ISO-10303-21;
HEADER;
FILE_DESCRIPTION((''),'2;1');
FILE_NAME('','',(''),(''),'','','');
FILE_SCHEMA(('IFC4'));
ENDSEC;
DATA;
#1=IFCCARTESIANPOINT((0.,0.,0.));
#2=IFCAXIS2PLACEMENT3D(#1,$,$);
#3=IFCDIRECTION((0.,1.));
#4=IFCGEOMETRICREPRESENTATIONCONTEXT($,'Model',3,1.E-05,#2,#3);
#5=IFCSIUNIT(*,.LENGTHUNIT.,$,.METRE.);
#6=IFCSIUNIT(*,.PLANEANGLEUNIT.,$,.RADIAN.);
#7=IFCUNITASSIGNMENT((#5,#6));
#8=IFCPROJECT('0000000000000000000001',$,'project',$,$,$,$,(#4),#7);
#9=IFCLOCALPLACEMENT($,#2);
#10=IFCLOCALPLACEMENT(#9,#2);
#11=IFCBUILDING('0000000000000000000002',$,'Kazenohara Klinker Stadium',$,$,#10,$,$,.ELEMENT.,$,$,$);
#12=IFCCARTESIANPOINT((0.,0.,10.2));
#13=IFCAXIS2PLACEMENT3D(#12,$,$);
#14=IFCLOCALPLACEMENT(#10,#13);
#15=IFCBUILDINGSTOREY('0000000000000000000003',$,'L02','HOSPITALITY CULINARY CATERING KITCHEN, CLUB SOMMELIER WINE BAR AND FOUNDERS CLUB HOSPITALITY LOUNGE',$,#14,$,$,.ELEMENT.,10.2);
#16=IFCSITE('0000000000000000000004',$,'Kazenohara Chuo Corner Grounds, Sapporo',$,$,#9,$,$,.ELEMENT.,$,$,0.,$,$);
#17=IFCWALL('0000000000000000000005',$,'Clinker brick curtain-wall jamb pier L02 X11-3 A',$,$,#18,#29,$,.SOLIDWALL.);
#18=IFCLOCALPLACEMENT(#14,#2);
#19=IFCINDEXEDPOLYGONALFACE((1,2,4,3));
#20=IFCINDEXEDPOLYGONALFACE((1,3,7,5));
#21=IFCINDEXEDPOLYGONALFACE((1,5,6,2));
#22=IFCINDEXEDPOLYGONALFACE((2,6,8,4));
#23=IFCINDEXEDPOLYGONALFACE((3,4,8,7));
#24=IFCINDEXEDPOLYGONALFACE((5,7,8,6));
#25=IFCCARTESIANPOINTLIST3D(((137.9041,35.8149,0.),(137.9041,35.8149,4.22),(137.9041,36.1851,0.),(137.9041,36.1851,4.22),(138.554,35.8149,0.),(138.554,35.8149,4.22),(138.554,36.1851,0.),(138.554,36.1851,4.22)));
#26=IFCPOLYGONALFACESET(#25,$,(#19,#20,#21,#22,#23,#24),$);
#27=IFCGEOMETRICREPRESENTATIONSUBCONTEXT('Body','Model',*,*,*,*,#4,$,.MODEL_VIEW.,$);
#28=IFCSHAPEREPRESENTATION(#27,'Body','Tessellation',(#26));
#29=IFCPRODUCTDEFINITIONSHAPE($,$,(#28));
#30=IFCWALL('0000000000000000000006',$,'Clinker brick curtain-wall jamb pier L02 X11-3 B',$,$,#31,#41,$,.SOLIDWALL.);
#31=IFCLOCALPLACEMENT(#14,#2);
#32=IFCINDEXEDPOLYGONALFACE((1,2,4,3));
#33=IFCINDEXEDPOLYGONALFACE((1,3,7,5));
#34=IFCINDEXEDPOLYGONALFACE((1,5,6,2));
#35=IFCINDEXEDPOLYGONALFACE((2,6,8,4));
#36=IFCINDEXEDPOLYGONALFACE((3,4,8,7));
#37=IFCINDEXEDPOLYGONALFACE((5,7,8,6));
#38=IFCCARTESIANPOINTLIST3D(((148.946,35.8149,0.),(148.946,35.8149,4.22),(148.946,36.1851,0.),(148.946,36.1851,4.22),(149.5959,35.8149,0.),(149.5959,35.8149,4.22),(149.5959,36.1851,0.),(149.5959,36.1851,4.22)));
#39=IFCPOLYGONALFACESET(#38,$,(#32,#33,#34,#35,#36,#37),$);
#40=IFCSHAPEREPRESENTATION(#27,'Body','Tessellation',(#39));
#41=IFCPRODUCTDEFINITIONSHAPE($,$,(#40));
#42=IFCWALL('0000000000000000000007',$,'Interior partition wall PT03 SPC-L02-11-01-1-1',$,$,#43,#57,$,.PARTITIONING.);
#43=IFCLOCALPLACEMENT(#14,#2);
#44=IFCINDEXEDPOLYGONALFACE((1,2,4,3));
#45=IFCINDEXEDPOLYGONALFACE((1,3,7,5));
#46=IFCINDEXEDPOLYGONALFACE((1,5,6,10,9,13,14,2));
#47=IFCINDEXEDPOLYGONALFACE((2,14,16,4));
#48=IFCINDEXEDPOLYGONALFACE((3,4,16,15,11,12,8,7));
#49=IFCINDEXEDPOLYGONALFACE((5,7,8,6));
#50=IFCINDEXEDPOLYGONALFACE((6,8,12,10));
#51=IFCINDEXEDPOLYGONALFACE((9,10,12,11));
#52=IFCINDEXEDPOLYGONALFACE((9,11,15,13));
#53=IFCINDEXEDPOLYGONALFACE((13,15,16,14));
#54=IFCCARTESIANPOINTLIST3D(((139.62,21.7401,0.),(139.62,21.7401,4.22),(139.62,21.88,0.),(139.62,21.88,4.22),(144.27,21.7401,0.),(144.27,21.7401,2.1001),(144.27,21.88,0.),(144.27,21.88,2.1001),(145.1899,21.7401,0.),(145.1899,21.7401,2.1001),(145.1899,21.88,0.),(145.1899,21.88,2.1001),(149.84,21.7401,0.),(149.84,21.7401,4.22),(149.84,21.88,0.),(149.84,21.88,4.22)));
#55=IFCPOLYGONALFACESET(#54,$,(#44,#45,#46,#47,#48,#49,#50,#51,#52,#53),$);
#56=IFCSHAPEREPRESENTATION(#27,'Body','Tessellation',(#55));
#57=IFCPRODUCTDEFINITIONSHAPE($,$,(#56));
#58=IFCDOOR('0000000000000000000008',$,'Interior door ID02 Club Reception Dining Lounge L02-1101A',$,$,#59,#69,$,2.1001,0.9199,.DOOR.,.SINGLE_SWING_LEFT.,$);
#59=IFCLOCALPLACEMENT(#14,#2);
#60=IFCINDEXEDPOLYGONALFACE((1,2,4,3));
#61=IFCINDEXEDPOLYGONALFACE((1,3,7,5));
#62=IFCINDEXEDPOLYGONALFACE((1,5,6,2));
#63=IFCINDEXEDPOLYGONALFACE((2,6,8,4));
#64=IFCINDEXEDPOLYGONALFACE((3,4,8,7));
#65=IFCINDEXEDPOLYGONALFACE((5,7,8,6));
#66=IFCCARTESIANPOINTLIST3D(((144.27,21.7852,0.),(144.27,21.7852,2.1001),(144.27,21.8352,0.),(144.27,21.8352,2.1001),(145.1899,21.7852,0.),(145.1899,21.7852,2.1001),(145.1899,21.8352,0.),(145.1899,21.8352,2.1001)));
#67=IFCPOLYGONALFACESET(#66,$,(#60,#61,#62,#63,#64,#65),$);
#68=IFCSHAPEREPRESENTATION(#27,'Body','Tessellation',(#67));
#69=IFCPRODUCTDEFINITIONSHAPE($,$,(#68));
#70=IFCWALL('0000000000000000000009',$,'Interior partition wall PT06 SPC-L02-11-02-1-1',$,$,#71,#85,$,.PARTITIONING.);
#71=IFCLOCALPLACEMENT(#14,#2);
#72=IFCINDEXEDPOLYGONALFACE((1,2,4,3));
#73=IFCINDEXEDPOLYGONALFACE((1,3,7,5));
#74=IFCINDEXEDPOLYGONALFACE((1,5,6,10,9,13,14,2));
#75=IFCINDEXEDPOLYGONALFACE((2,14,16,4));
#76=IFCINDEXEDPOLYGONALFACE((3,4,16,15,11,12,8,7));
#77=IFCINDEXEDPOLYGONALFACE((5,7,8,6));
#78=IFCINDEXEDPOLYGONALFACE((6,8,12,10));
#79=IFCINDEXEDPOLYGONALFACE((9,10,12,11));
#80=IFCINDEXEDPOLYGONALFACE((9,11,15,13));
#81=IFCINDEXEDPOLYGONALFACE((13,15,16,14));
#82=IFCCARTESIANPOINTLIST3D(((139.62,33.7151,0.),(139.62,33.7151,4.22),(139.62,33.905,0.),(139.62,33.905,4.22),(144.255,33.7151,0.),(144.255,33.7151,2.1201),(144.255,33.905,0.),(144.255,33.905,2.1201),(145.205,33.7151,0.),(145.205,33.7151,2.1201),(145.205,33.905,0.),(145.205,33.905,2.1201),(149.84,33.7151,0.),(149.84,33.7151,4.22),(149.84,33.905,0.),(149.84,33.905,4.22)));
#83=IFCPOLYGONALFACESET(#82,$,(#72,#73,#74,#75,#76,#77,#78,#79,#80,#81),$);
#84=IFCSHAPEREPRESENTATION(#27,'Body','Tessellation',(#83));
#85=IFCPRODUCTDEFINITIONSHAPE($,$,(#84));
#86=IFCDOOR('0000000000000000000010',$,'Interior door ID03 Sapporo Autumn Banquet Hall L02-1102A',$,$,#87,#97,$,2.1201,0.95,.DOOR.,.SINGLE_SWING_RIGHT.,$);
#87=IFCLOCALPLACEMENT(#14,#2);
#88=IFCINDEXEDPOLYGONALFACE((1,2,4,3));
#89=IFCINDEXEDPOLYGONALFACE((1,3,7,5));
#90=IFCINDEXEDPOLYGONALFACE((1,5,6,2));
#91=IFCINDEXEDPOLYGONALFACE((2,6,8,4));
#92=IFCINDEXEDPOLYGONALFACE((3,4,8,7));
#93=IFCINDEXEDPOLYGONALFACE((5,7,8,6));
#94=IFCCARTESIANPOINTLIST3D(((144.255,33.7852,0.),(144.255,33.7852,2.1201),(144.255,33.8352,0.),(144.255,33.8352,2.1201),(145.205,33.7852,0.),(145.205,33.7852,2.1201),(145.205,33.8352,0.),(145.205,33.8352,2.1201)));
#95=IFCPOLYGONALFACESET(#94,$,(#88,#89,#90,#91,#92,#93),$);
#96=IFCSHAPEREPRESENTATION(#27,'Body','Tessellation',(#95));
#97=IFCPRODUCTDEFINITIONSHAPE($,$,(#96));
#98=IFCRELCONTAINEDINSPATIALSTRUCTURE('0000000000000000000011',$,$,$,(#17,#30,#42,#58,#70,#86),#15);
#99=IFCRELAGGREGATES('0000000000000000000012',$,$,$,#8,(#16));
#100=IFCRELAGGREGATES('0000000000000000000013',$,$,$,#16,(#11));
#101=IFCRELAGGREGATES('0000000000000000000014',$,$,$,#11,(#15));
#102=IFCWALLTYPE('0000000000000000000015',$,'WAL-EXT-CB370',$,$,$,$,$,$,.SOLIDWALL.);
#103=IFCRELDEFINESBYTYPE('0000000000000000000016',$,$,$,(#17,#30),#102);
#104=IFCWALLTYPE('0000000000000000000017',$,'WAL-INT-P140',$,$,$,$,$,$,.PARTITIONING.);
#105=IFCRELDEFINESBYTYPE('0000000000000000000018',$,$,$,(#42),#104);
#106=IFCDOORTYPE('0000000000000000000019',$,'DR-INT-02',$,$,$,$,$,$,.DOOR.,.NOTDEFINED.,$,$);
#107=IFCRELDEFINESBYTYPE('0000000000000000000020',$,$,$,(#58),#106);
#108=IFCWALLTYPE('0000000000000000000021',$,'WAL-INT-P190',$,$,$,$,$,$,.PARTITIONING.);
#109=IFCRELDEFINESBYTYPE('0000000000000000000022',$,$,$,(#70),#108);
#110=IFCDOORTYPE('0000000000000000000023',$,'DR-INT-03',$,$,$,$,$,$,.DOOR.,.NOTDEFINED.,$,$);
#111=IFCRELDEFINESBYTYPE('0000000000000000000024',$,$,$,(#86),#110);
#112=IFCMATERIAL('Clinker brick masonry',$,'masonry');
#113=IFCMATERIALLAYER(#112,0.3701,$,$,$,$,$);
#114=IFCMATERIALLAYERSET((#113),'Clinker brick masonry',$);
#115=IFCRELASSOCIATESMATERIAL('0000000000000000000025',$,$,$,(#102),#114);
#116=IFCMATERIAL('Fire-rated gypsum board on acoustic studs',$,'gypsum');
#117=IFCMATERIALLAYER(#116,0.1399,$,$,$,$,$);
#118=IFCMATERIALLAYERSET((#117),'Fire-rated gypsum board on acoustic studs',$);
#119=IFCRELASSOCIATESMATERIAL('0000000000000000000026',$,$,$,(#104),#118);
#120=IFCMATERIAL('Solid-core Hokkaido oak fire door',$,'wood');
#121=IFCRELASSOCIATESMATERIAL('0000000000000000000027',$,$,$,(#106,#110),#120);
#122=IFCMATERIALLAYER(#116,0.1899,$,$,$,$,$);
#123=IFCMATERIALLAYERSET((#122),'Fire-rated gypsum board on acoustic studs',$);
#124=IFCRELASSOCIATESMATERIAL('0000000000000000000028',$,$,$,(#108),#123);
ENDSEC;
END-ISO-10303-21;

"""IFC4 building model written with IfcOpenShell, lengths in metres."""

from ifc_helpers import new_model, si_unit, direction, frame, frame_2d, origin, place, context, subcontext, project, spatial, rectangle, extrude, material, layer, layer_set, type_object, element, fill, save


model = new_model("IFC4")

# Units and contexts
model_context = context("Model", 3, precision=1e-05, world=origin(), true_north=direction((0.0, 1.0)))
body_context = subcontext(model_context, "Body", "Model", "MODEL_VIEW")
ifc_project = project(units=[si_unit("LENGTHUNIT", "METRE"), si_unit("PLANEANGLEUNIT", "RADIAN")], contexts=[model_context])

# Site, building, storey
site_placement = place(None, origin())
site = spatial("IfcSite", under=ifc_project, at=site_placement, Name="Kazenohara Chuo Corner Grounds, Sapporo", CompositionType="ELEMENT", RefElevation=0.0)
building_placement = place(site_placement, origin())
building = spatial("IfcBuilding", under=site, at=building_placement, Name="Kazenohara Klinker Stadium", CompositionType="ELEMENT")
storey_placement = place(building_placement, frame((0.0, 0.0, 10.2)))
storey = spatial("IfcBuildingStorey", under=building, at=storey_placement, Name="L02", Description="HOSPITALITY CULINARY CATERING KITCHEN, CLUB SOMMELIER WINE BAR AND FOUNDERS CLUB HOSPITALITY LOUNGE", CompositionType="ELEMENT", Elevation=10.2)

# Shared definitions
ifc_material_1 = material(Name="Clinker brick masonry", Category="masonry")

# Walls
ifc_layer_1 = layer(ifc_material_1, 0.3701)
ifc_layer_set_1 = layer_set([ifc_layer_1], Name="Clinker brick masonry")
wall_type_1 = type_object("IfcWallType", Name="WAL-EXT-CB370", PredefinedType="SOLIDWALL", material=ifc_layer_set_1)
for number, where, z_axis, x_axis, name in (
    (1, (137.9041, 36.0, 0.0), (0.0, 0.0, 1.0), (1.0, 0.0, 0.0), "Clinker brick curtain-wall jamb pier L02 X11-3 A"),
    (2, (148.946, 36.0, 0.0), (0.0, 0.0, 1.0), (1.0, 0.0, 0.0), "Clinker brick curtain-wall jamb pier L02 X11-3 B"),
):
    element("IfcWall", number, at=place(storey_placement, frame(where, z_axis=z_axis, x_axis=x_axis)), inside=storey, type_object=wall_type_1, Name=name, PredefinedType="SOLIDWALL", context=body_context, shape_type="SweptSolid", body=[
        extrude(rectangle(XDim=0.6499, YDim=0.3701, at=frame_2d((0.325, 0.0))), origin(), (0.0, 0.0, 1.0), 4.22),
    ])

# Walls, openings, doors
ifc_material_2 = material(Name="Fire-rated gypsum board on acoustic studs", Category="gypsum")
ifc_layer_2 = layer(ifc_material_2, 0.1399)
ifc_layer_set_2 = layer_set([ifc_layer_2], Name="Fire-rated gypsum board on acoustic studs")
wall_type_2 = type_object("IfcWallType", Name="WAL-INT-P140", PredefinedType="PARTITIONING", material=ifc_layer_set_2)
wall_1_placement = place(storey_placement, frame((139.6201, 21.8101, 0.0), z_axis=(0.0, 0.0, 1.0), x_axis=(1.0, 0.0, 0.0)))
wall_1 = element("IfcWall", 3, at=wall_1_placement, inside=storey, type_object=wall_type_2, Name="Interior partition wall PT03 SPC-L02-11-01-1-1", PredefinedType="PARTITIONING", context=body_context, shape_type="SweptSolid", body=[
    extrude(rectangle(XDim=10.22, YDim=0.1399, at=frame_2d((5.1099, 0.0))), origin(), (0.0, 0.0, 1.0), 4.22),
])
opening_1_placement = place(wall_1_placement, frame((5.5698, 0.0, 0.0), z_axis=(0.0, 0.0, 1.0), x_axis=(-1.0, 0.0, 0.0)))
opening_1 = element("IfcOpeningElement", 4, at=opening_1_placement, cuts=wall_1, PredefinedType="OPENING", context=body_context, shape_type="SweptSolid", body=[
    extrude(rectangle(XDim=0.9199, YDim=2.1001, at=frame_2d((0.46, 1.05))), frame((0.0, 0.0801, 0.0), z_axis=(0.0, -1.0, 0.0), x_axis=(1.0, 0.0, 0.0)), (0.0, 0.0, 1.0), 0.1599),
])
ifc_material_3 = material(Name="Solid-core Hokkaido oak fire door", Category="wood")
door_type_1 = type_object("IfcDoorType", Name="DR-INT-02", OperationType="NOTDEFINED", PredefinedType="DOOR", material=ifc_material_3)
door_1_placement = place(opening_1_placement, origin())
door_1 = element("IfcDoor", 5, at=door_1_placement, inside=storey, type_object=door_type_1, Name="Interior door ID02 Club Reception Dining Lounge L02-1101A", OperationType="SINGLE_SWING_LEFT", OverallHeight=2.1001, OverallWidth=0.9199, PredefinedType="DOOR", context=body_context, shape_type="SweptSolid", body=[
    extrude(rectangle(XDim=0.9199, YDim=2.1001, at=frame_2d((0.46, 1.05))), frame((0.0, 0.0249, 0.0), z_axis=(0.0, -1.0, 0.0), x_axis=(1.0, 0.0, 0.0)), (0.0, 0.0, 1.0), 0.05),
])
fill(opening_1, door_1)
ifc_layer_3 = layer(ifc_material_2, 0.1899)
ifc_layer_set_3 = layer_set([ifc_layer_3], Name="Fire-rated gypsum board on acoustic studs")
wall_type_3 = type_object("IfcWallType", Name="WAL-INT-P190", PredefinedType="PARTITIONING", material=ifc_layer_set_3)
wall_2_placement = place(storey_placement, frame((139.6201, 33.8101, 0.0), z_axis=(0.0, 0.0, 1.0), x_axis=(1.0, 0.0, 0.0)))
wall_2 = element("IfcWall", 6, at=wall_2_placement, inside=storey, type_object=wall_type_3, Name="Interior partition wall PT06 SPC-L02-11-02-1-1", PredefinedType="PARTITIONING", context=body_context, shape_type="SweptSolid", body=[
    extrude(rectangle(XDim=10.22, YDim=0.1899, at=frame_2d((5.1099, 0.0))), origin(), (0.0, 0.0, 1.0), 4.22),
])
opening_2_placement = place(wall_2_placement, frame((5.585, 0.0, 0.0), z_axis=(0.0, 0.0, 1.0), x_axis=(-1.0, 0.0, 0.0)))
opening_2 = element("IfcOpeningElement", 7, at=opening_2_placement, cuts=wall_2, PredefinedType="OPENING", context=body_context, shape_type="SweptSolid", body=[
    extrude(rectangle(XDim=0.95, YDim=2.1201, at=frame_2d((0.4751, 1.0601))), frame((0.0, 0.105, 0.0), z_axis=(0.0, -1.0, 0.0), x_axis=(1.0, 0.0, 0.0)), (0.0, 0.0, 1.0), 0.21),
])
door_type_2 = type_object("IfcDoorType", Name="DR-INT-03", OperationType="NOTDEFINED", PredefinedType="DOOR", material=ifc_material_3)
door_2_placement = place(opening_2_placement, origin())
door_2 = element("IfcDoor", 8, at=door_2_placement, inside=storey, type_object=door_type_2, Name="Interior door ID03 Sapporo Autumn Banquet Hall L02-1102A", OperationType="SINGLE_SWING_RIGHT", OverallHeight=2.1201, OverallWidth=0.95, PredefinedType="DOOR", context=body_context, shape_type="SweptSolid", body=[
    extrude(rectangle(XDim=0.95, YDim=2.1201, at=frame_2d((0.4751, 1.0601))), frame((0.0, 0.0249, 0.0), z_axis=(0.0, -1.0, 0.0), x_axis=(1.0, 0.0, 0.0)), (0.0, 0.0, 1.0), 0.05),
])
fill(opening_2, door_2)

save(model, "model.ifc")
